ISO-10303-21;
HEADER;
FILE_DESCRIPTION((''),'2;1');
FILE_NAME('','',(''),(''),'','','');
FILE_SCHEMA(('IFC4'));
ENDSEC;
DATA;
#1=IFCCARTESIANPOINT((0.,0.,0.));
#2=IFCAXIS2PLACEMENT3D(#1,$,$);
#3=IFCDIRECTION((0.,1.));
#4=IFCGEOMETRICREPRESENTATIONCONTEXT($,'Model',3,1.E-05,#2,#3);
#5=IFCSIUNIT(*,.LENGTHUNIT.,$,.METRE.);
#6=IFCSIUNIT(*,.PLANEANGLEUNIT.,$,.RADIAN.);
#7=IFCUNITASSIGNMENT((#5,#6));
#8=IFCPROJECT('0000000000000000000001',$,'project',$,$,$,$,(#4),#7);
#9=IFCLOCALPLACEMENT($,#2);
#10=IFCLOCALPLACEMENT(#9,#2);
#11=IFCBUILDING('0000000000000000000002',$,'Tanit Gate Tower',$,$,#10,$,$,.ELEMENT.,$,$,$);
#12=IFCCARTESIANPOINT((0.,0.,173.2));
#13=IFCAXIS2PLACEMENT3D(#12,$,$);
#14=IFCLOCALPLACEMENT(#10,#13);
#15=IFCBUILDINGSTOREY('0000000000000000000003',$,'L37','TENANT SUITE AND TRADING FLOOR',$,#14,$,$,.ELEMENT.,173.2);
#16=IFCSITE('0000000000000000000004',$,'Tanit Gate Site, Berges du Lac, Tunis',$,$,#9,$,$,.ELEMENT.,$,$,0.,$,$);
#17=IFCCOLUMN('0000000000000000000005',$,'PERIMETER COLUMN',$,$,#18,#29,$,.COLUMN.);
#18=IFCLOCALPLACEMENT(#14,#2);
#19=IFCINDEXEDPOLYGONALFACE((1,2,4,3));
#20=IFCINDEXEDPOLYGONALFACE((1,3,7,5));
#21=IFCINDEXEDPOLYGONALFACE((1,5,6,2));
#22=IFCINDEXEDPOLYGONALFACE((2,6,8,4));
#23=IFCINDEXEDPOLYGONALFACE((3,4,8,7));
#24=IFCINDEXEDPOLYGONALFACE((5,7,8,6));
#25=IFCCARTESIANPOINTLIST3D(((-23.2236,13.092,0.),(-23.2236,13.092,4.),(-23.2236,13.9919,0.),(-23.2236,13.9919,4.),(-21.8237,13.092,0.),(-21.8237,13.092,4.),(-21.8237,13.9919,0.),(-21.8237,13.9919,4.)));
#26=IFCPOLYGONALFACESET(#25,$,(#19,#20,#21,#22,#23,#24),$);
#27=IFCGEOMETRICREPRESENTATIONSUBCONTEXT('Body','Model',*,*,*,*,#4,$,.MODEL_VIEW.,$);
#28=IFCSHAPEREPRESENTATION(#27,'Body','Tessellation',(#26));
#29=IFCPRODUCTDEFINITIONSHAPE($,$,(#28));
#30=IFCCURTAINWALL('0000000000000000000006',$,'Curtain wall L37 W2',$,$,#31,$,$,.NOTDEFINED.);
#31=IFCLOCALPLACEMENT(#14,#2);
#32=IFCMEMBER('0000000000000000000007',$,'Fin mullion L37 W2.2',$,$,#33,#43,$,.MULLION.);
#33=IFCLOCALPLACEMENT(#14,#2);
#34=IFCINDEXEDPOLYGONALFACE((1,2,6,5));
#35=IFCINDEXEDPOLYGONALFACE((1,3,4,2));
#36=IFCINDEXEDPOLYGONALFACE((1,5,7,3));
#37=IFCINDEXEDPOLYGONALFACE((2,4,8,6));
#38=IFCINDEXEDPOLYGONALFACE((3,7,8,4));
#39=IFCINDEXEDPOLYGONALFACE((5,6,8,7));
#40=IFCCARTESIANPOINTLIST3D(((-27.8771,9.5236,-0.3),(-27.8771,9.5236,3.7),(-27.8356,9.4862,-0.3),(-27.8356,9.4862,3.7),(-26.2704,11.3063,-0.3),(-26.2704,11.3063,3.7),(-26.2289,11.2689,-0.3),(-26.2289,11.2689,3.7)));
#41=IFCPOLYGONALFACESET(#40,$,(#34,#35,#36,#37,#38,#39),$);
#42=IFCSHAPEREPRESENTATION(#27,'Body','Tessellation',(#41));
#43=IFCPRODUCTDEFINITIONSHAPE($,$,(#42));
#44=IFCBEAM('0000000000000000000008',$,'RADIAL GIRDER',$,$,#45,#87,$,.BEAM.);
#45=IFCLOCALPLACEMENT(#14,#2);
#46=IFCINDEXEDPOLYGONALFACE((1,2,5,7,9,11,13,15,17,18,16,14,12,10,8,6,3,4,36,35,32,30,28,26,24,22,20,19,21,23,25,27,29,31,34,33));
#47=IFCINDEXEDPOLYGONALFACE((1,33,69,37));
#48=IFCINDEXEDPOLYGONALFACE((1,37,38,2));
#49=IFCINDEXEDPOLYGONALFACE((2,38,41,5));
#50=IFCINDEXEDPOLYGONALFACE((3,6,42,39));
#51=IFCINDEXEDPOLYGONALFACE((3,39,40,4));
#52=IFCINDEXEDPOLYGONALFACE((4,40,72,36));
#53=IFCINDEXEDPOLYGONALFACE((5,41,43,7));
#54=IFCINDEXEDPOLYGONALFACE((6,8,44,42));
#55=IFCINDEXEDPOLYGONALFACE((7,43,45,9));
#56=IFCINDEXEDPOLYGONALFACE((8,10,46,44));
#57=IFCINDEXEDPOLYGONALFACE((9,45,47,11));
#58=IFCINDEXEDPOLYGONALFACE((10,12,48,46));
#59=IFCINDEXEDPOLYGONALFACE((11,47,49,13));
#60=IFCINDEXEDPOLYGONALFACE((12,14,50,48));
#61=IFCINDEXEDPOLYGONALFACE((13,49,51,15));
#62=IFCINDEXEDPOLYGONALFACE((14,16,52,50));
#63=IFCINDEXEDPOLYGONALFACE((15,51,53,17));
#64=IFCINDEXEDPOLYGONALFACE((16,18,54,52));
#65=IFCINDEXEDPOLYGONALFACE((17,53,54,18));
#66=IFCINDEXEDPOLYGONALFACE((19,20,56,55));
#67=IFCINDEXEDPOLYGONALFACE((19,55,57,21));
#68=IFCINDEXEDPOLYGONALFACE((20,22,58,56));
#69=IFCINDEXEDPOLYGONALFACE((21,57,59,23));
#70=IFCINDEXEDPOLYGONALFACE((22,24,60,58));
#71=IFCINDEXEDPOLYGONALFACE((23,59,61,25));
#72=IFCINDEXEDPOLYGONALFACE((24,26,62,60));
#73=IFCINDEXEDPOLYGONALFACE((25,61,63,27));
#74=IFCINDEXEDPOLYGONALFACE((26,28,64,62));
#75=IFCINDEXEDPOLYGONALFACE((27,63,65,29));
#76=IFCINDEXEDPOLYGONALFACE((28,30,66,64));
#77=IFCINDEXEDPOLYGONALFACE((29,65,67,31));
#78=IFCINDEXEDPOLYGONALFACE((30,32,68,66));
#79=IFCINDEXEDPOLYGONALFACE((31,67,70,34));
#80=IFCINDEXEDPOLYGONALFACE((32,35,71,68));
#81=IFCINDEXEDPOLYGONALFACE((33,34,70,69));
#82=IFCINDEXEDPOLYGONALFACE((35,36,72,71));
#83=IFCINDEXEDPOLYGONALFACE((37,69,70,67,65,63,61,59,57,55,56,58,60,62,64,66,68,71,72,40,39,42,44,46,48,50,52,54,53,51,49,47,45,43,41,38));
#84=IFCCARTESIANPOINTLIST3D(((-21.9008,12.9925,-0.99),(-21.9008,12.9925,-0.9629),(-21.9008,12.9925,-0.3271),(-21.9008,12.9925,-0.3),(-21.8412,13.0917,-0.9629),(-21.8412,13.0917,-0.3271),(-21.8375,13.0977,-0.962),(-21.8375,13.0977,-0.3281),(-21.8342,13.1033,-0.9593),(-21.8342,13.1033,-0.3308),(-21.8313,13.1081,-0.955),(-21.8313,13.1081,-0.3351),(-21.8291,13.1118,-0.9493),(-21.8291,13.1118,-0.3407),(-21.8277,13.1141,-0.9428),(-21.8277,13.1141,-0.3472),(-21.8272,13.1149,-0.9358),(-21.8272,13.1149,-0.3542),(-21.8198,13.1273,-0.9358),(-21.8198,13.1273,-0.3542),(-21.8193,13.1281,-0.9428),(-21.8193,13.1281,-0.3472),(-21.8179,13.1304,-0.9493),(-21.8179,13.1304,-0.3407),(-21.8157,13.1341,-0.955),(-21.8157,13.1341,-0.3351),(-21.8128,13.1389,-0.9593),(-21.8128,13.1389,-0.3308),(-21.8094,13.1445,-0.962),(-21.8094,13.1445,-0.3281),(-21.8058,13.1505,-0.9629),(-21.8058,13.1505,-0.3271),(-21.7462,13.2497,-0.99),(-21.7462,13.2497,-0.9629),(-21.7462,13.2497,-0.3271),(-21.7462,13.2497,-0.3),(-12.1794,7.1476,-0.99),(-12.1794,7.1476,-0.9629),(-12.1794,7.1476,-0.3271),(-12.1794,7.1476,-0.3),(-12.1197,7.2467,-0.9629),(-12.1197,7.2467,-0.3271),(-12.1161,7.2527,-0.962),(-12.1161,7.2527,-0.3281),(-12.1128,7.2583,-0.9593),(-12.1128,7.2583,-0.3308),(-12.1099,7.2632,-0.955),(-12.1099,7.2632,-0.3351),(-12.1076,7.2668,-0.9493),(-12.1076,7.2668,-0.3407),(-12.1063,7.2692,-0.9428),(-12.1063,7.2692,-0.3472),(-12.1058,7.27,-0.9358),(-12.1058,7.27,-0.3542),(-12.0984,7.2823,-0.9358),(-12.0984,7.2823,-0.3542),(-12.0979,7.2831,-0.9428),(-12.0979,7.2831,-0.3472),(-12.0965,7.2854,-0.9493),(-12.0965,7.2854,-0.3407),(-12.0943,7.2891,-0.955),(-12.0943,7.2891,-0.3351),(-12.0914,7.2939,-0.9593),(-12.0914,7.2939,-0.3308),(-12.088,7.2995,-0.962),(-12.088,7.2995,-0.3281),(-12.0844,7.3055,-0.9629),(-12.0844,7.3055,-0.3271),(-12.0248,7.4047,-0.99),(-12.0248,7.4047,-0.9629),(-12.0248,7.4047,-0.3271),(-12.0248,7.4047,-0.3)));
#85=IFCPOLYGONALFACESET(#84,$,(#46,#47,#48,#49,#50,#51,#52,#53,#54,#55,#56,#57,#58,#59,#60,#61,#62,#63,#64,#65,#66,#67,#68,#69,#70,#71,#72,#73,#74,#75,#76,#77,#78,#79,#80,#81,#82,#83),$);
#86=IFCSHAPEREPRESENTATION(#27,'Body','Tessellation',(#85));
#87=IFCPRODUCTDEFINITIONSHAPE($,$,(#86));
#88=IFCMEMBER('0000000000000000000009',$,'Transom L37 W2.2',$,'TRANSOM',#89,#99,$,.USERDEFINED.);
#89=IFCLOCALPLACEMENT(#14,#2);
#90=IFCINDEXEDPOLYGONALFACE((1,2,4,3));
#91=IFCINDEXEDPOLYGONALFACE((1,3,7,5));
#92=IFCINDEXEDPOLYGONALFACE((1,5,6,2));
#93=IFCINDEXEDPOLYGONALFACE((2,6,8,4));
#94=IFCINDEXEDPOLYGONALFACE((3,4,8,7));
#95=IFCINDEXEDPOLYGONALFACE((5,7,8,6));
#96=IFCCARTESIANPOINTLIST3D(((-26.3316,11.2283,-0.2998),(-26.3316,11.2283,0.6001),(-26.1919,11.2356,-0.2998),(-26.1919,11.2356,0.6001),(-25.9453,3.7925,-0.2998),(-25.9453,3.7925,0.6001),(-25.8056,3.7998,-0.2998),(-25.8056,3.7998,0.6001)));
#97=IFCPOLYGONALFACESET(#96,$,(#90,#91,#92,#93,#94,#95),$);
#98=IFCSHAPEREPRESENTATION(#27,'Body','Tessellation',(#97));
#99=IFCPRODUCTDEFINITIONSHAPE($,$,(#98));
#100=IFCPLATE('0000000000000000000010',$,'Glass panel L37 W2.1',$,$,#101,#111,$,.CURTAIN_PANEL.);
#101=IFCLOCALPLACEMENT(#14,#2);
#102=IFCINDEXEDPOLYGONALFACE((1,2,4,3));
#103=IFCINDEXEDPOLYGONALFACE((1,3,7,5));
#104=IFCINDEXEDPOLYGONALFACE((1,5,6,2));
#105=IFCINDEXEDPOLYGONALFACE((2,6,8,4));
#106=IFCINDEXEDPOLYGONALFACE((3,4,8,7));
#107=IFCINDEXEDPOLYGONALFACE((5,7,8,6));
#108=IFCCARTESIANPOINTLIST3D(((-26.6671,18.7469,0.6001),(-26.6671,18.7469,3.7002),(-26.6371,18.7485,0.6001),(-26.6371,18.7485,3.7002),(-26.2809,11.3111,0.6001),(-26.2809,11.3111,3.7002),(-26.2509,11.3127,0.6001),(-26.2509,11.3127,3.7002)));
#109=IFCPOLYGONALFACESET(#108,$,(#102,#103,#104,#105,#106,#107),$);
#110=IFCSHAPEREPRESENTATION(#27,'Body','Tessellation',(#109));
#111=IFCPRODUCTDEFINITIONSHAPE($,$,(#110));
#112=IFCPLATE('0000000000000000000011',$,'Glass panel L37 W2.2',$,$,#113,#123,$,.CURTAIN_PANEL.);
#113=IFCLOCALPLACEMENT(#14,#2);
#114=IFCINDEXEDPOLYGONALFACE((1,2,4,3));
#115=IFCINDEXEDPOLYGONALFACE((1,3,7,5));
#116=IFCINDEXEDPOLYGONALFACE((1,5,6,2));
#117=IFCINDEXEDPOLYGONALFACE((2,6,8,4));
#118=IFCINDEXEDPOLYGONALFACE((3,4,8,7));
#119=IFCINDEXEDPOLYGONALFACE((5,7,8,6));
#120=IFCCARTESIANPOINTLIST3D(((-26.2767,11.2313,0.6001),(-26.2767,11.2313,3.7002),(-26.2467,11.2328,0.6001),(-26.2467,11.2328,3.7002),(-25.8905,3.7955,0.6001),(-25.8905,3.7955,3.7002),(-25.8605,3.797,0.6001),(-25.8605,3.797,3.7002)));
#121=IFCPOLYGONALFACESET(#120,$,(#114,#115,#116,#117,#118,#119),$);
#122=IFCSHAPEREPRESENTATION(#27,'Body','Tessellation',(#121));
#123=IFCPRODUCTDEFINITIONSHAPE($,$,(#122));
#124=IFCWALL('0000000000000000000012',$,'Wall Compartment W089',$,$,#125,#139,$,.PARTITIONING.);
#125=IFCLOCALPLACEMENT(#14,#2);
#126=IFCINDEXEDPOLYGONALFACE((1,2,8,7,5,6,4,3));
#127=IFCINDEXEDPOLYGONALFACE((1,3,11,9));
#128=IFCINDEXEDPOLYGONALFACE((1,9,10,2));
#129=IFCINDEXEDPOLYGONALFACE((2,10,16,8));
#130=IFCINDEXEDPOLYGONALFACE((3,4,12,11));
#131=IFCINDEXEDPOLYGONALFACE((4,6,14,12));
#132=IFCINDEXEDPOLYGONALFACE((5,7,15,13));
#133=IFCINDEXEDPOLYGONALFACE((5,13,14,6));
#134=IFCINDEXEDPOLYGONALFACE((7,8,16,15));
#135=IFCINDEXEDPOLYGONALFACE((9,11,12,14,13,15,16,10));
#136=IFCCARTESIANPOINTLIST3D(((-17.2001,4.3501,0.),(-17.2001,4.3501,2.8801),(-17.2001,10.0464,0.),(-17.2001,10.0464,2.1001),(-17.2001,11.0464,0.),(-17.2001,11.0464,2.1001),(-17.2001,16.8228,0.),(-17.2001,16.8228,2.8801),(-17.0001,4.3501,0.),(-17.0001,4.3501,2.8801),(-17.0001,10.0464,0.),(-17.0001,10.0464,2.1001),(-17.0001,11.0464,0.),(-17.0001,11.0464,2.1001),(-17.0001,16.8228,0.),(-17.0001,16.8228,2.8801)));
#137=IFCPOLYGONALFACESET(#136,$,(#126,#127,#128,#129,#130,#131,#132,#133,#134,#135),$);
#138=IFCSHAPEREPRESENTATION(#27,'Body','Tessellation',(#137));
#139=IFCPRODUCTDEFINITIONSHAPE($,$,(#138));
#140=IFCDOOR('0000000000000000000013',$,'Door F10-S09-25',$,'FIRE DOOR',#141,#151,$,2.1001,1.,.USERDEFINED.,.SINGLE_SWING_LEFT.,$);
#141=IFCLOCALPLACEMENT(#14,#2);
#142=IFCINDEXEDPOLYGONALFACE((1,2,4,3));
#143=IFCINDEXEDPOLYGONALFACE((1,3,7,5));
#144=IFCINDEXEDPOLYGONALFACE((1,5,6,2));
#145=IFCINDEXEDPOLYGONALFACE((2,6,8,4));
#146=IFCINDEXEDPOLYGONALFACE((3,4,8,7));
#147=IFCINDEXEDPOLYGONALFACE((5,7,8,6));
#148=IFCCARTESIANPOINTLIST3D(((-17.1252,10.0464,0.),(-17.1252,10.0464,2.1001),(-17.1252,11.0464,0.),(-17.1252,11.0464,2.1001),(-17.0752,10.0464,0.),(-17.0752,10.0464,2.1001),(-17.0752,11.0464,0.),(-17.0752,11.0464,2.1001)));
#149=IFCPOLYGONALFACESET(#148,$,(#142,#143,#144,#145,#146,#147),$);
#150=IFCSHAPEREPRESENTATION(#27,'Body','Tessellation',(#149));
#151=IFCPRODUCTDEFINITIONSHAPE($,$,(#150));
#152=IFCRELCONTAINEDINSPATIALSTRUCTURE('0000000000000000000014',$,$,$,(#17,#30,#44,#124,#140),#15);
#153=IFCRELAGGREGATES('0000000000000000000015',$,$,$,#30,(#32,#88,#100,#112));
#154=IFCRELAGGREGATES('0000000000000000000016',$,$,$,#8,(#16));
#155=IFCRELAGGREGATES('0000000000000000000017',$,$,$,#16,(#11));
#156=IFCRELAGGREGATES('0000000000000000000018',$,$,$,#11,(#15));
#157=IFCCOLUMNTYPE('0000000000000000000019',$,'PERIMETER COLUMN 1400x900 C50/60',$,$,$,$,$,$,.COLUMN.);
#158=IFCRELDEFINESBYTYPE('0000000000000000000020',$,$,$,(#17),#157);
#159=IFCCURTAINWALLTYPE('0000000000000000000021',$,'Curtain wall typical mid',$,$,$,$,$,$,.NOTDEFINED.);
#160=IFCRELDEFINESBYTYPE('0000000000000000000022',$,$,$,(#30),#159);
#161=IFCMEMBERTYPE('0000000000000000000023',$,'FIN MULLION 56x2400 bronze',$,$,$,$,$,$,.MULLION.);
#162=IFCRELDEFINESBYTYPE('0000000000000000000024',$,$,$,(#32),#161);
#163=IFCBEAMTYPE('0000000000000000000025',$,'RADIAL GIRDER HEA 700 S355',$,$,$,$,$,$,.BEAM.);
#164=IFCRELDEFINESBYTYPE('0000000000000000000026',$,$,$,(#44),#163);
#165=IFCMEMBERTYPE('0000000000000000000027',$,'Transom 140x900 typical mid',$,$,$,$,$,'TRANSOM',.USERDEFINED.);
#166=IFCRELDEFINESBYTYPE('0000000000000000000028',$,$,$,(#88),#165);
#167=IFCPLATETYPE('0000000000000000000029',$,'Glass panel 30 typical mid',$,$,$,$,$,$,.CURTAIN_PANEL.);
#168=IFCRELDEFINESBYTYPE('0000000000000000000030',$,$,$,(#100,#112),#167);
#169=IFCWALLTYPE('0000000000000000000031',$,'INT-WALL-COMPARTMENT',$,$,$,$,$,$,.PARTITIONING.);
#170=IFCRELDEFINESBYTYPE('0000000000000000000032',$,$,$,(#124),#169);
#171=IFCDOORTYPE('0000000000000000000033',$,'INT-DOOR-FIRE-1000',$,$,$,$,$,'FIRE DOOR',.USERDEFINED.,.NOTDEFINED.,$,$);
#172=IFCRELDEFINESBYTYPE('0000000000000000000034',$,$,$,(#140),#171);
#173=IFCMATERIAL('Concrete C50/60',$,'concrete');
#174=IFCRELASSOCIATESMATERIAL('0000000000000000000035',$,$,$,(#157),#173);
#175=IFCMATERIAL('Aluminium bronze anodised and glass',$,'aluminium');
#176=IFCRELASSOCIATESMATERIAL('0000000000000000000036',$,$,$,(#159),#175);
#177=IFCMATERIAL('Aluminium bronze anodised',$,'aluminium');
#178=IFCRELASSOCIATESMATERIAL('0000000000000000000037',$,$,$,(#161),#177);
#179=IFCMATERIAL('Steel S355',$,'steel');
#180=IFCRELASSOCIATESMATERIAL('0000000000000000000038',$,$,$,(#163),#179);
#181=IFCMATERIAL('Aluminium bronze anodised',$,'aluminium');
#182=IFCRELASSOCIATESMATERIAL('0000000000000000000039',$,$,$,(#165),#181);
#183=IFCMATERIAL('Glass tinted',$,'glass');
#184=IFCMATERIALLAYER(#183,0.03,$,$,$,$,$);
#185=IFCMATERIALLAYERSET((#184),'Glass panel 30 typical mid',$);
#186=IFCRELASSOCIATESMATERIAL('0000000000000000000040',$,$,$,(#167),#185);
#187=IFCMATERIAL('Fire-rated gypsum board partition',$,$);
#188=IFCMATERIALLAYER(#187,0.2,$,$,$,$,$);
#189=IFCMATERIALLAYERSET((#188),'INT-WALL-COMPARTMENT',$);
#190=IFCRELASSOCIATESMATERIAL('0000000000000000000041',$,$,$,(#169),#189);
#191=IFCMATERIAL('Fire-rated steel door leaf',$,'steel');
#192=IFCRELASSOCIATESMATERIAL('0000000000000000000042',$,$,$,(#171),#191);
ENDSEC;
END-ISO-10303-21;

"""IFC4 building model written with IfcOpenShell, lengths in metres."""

from ifc_helpers import new_model, si_unit, direction, frame, frame_2d, origin, origin_2d, place, context, subcontext, project, spatial, rectangle, i_section, extrude, material, layer, layer_set, material_profile, profile_set, type_object, element, fill, aggregate, save


model = new_model("IFC4")

# Units and contexts
model_context = context("Model", 3, precision=1e-05, world=origin(), true_north=direction((0.0, 1.0)))
body_context = subcontext(model_context, "Body", "Model", "MODEL_VIEW")
ifc_project = project(units=[si_unit("LENGTHUNIT", "METRE"), si_unit("PLANEANGLEUNIT", "RADIAN")], contexts=[model_context])

# Site, building, storey
site_placement = place(None, origin())
site = spatial("IfcSite", under=ifc_project, at=site_placement, Name="Tanit Gate Site, Berges du Lac, Tunis", CompositionType="ELEMENT", RefElevation=0.0)
building_placement = place(site_placement, origin())
building = spatial("IfcBuilding", under=site, at=building_placement, Name="Tanit Gate Tower", CompositionType="ELEMENT")
storey_placement = place(building_placement, frame((0.0, 0.0, 173.2)))
storey = spatial("IfcBuildingStorey", under=building, at=storey_placement, Name="L37", Description="TENANT SUITE AND TRADING FLOOR", CompositionType="ELEMENT", Elevation=173.2)

# Column
ifc_material_1 = material(Name="Concrete C50/60", Category="concrete")
ifc_material_profile_1 = material_profile(ifc_material_1, rectangle(XDim=1.3999, YDim=0.8999, at=origin_2d()), Name="RC 1400x900")
ifc_profile_set_1 = profile_set([ifc_material_profile_1], Name="Concrete C50/60")
column_type = type_object("IfcColumnType", Name="PERIMETER COLUMN 1400x900 C50/60", PredefinedType="COLUMN", material=ifc_profile_set_1)
column_placement = place(storey_placement, frame((-22.5237, 13.542, 0.0), z_axis=(0.0, 0.0, 1.0), x_axis=(-1.0, 0.0, 0.0)))
element("IfcColumn", 1, at=column_placement, inside=storey, type_object=column_type, Name="PERIMETER COLUMN", PredefinedType="COLUMN", context=body_context, shape_type="SweptSolid", body=[
    extrude(rectangle(XDim=1.3999, YDim=0.8999, at=origin_2d()), origin(), (0.0, 0.0, 1.0), 4.0),
])

# Curtain wall, member
ifc_material_2 = material(Name="Aluminium bronze anodised and glass", Category="aluminium")
curtain_wall_type = type_object("IfcCurtainWallType", Name="Curtain wall typical mid", PredefinedType="NOTDEFINED", material=ifc_material_2)
curtain_wall_placement = place(storey_placement, origin())
curtain_wall = element("IfcCurtainWall", 2, at=curtain_wall_placement, inside=storey, type_object=curtain_wall_type, Name="Curtain wall L37 W2", PredefinedType="NOTDEFINED")
ifc_material_3 = material(Name="Aluminium bronze anodised", Category="aluminium")
ifc_material_profile_2 = material_profile(ifc_material_3, rectangle(XDim=2.3999, YDim=0.0559, at=origin_2d()), Name="56x2400 bronze fin mullion")
ifc_profile_set_2 = profile_set([ifc_material_profile_2], Name="Aluminium bronze anodised")
member_type_1 = type_object("IfcMemberType", Name="FIN MULLION 56x2400 bronze", PredefinedType="MULLION", material=ifc_profile_set_2)
member_1_placement = place(storey_placement, frame((-27.053, 10.3962, -0.3), z_axis=(0.0, 0.0, 1.0), x_axis=(0.669481, 0.742829, 0.0)))
member_1 = element("IfcMember", 3, at=member_1_placement, type_object=member_type_1, Name="Fin mullion L37 W2.2", PredefinedType="MULLION", context=body_context, shape_type="SweptSolid", body=[
    extrude(rectangle(XDim=2.3999, YDim=0.0559, at=origin_2d()), origin(), (0.0, 0.0, 1.0), 4.0),
])

# Beam
ifc_material_4 = material(Name="Steel S355", Category="steel")
ifc_material_profile_3 = material_profile(ifc_material_4, i_section(OverallWidth=0.3, OverallDepth=0.6899, WebThickness=0.0144, FlangeThickness=0.0271, FilletRadius=0.0271, at=origin_2d()), Name="HEA 700")
ifc_profile_set_3 = profile_set([ifc_material_profile_3], Name="Steel S355")
beam_type = type_object("IfcBeamType", Name="RADIAL GIRDER HEA 700 S355", PredefinedType="BEAM", material=ifc_profile_set_3)
beam_placement = place(storey_placement, frame((-21.8235, 13.1211, -0.645), z_axis=(0.857022, -0.51528, 0.0), x_axis=(0.51528, 0.857022, 0.0)))
element("IfcBeam", 4, at=beam_placement, inside=storey, type_object=beam_type, Name="RADIAL GIRDER", PredefinedType="BEAM", context=body_context, shape_type="SweptSolid", body=[
    extrude(i_section(OverallWidth=0.3, OverallDepth=0.6899, WebThickness=0.0144, FlangeThickness=0.0271, FilletRadius=0.0271, at=origin_2d()), origin(), (0.0, 0.0, 1.0), 11.3433),
])

# Member
ifc_material_5 = material(Name="Aluminium bronze anodised", Category="aluminium")
ifc_material_profile_4 = material_profile(ifc_material_5, rectangle(XDim=0.1399, YDim=0.8999, at=origin_2d()), Name="140x900 bronze transom")
ifc_profile_set_4 = profile_set([ifc_material_profile_4], Name="Aluminium bronze anodised")
member_type_2 = type_object("IfcMemberType", Name="Transom 140x900 typical mid", ElementType="TRANSOM", PredefinedType="USERDEFINED", material=ifc_profile_set_4)
member_2_placement = place(storey_placement, frame((-26.2617, 11.2319, 0.1501), z_axis=(0.051872, -0.998654, 0.0), x_axis=(0.998654, 0.051872, 0.0)))
member_2 = element("IfcMember", 5, at=member_2_placement, type_object=member_type_2, Name="Transom L37 W2.2", ObjectType="TRANSOM", PredefinedType="USERDEFINED", context=body_context, shape_type="SweptSolid", body=[
    extrude(rectangle(XDim=0.1399, YDim=0.8999, at=origin_2d()), origin(), (0.0, 0.0, 1.0), 7.4458),
])

# Plates
ifc_material_6 = material(Name="Glass tinted", Category="glass")
ifc_layer_1 = layer(ifc_material_6, 0.03)
ifc_layer_set_1 = layer_set([ifc_layer_1], Name="Glass panel 30 typical mid")
plate_type = type_object("IfcPlateType", Name="Glass panel 30 typical mid", PredefinedType="CURTAIN_PANEL", material=ifc_layer_set_1)
plate_1_placement = place(storey_placement, frame((-26.459, 15.0298, 0.6001), z_axis=(0.0, 0.0, 1.0), x_axis=(0.051865, -0.998654, 0.0)))
plate_1 = element("IfcPlate", 6, at=plate_1_placement, type_object=plate_type, Name="Glass panel L37 W2.1", PredefinedType="CURTAIN_PANEL", context=body_context, shape_type="SweptSolid", body=[
    extrude(rectangle(XDim=7.4458, YDim=0.03, at=origin_2d()), origin(), (0.0, 0.0, 1.0), 3.1001),
])
plate_2_placement = place(storey_placement, frame((-26.0686, 7.5142, 0.6001), z_axis=(0.0, 0.0, 1.0), x_axis=(0.051865, -0.998654, 0.0)))
plate_2 = element("IfcPlate", 7, at=plate_2_placement, type_object=plate_type, Name="Glass panel L37 W2.2", PredefinedType="CURTAIN_PANEL", context=body_context, shape_type="SweptSolid", body=[
    extrude(rectangle(XDim=7.4458, YDim=0.03, at=origin_2d()), origin(), (0.0, 0.0, 1.0), 3.1001),
])
aggregate(curtain_wall, [member_1, member_2, plate_1, plate_2])

# Wall, opening, door
ifc_material_7 = material(Name="Fire-rated gypsum board partition")
ifc_layer_2 = layer(ifc_material_7, 0.2)
ifc_layer_set_2 = layer_set([ifc_layer_2], Name="INT-WALL-COMPARTMENT")
wall_type_1 = type_object("IfcWallType", Name="INT-WALL-COMPARTMENT", PredefinedType="PARTITIONING", material=ifc_layer_set_2)
wall_1_placement = place(storey_placement, frame((-17.1001, 16.8228, 0.0), z_axis=(0.0, 0.0, 1.0), x_axis=(0.0, -1.0, 0.0)))
wall_1 = element("IfcWall", 8, at=wall_1_placement, inside=storey, type_object=wall_type_1, Name="Wall Compartment W089", PredefinedType="PARTITIONING", context=body_context, shape_type="SweptSolid", body=[
    extrude(rectangle(XDim=12.4727, YDim=0.2, at=frame_2d((6.2363, 0.0))), origin(), (0.0, 0.0, 1.0), 2.8801),
])
opening_1_placement = place(wall_1_placement, frame((5.7764, 0.0, 0.0)))
opening_1 = element("IfcOpeningElement", 9, at=opening_1_placement, cuts=wall_1, PredefinedType="OPENING", context=body_context, shape_type="SweptSolid", body=[
    extrude(rectangle(XDim=1.0, YDim=2.1001, at=frame_2d((0.5, 1.05))), frame((0.0, 0.1099, 0.0), z_axis=(0.0, -1.0, 0.0), x_axis=(1.0, 0.0, 0.0)), (0.0, 0.0, 1.0), 0.22),
])
ifc_material_8 = material(Name="Fire-rated steel door leaf", Category="steel")
door_type_1 = type_object("IfcDoorType", Name="INT-DOOR-FIRE-1000", ElementType="FIRE DOOR", OperationType="NOTDEFINED", PredefinedType="USERDEFINED", material=ifc_material_8)
door_1_placement = place(opening_1_placement, origin())
door_1 = element("IfcDoor", 10, at=door_1_placement, inside=storey, type_object=door_type_1, Name="Door F10-S09-25", ObjectType="FIRE DOOR", OperationType="SINGLE_SWING_LEFT", OverallHeight=2.1001, OverallWidth=1.0, PredefinedType="USERDEFINED", context=body_context, shape_type="SweptSolid", body=[
    extrude(rectangle(XDim=1.0, YDim=2.1001, at=frame_2d((0.5, 1.05))), frame((0.0, 0.0249, 0.0), z_axis=(0.0, -1.0, 0.0), x_axis=(1.0, 0.0, 0.0)), (0.0, 0.0, 1.0), 0.05),
])
fill(opening_1, door_1)

save(model, "model.ifc")
